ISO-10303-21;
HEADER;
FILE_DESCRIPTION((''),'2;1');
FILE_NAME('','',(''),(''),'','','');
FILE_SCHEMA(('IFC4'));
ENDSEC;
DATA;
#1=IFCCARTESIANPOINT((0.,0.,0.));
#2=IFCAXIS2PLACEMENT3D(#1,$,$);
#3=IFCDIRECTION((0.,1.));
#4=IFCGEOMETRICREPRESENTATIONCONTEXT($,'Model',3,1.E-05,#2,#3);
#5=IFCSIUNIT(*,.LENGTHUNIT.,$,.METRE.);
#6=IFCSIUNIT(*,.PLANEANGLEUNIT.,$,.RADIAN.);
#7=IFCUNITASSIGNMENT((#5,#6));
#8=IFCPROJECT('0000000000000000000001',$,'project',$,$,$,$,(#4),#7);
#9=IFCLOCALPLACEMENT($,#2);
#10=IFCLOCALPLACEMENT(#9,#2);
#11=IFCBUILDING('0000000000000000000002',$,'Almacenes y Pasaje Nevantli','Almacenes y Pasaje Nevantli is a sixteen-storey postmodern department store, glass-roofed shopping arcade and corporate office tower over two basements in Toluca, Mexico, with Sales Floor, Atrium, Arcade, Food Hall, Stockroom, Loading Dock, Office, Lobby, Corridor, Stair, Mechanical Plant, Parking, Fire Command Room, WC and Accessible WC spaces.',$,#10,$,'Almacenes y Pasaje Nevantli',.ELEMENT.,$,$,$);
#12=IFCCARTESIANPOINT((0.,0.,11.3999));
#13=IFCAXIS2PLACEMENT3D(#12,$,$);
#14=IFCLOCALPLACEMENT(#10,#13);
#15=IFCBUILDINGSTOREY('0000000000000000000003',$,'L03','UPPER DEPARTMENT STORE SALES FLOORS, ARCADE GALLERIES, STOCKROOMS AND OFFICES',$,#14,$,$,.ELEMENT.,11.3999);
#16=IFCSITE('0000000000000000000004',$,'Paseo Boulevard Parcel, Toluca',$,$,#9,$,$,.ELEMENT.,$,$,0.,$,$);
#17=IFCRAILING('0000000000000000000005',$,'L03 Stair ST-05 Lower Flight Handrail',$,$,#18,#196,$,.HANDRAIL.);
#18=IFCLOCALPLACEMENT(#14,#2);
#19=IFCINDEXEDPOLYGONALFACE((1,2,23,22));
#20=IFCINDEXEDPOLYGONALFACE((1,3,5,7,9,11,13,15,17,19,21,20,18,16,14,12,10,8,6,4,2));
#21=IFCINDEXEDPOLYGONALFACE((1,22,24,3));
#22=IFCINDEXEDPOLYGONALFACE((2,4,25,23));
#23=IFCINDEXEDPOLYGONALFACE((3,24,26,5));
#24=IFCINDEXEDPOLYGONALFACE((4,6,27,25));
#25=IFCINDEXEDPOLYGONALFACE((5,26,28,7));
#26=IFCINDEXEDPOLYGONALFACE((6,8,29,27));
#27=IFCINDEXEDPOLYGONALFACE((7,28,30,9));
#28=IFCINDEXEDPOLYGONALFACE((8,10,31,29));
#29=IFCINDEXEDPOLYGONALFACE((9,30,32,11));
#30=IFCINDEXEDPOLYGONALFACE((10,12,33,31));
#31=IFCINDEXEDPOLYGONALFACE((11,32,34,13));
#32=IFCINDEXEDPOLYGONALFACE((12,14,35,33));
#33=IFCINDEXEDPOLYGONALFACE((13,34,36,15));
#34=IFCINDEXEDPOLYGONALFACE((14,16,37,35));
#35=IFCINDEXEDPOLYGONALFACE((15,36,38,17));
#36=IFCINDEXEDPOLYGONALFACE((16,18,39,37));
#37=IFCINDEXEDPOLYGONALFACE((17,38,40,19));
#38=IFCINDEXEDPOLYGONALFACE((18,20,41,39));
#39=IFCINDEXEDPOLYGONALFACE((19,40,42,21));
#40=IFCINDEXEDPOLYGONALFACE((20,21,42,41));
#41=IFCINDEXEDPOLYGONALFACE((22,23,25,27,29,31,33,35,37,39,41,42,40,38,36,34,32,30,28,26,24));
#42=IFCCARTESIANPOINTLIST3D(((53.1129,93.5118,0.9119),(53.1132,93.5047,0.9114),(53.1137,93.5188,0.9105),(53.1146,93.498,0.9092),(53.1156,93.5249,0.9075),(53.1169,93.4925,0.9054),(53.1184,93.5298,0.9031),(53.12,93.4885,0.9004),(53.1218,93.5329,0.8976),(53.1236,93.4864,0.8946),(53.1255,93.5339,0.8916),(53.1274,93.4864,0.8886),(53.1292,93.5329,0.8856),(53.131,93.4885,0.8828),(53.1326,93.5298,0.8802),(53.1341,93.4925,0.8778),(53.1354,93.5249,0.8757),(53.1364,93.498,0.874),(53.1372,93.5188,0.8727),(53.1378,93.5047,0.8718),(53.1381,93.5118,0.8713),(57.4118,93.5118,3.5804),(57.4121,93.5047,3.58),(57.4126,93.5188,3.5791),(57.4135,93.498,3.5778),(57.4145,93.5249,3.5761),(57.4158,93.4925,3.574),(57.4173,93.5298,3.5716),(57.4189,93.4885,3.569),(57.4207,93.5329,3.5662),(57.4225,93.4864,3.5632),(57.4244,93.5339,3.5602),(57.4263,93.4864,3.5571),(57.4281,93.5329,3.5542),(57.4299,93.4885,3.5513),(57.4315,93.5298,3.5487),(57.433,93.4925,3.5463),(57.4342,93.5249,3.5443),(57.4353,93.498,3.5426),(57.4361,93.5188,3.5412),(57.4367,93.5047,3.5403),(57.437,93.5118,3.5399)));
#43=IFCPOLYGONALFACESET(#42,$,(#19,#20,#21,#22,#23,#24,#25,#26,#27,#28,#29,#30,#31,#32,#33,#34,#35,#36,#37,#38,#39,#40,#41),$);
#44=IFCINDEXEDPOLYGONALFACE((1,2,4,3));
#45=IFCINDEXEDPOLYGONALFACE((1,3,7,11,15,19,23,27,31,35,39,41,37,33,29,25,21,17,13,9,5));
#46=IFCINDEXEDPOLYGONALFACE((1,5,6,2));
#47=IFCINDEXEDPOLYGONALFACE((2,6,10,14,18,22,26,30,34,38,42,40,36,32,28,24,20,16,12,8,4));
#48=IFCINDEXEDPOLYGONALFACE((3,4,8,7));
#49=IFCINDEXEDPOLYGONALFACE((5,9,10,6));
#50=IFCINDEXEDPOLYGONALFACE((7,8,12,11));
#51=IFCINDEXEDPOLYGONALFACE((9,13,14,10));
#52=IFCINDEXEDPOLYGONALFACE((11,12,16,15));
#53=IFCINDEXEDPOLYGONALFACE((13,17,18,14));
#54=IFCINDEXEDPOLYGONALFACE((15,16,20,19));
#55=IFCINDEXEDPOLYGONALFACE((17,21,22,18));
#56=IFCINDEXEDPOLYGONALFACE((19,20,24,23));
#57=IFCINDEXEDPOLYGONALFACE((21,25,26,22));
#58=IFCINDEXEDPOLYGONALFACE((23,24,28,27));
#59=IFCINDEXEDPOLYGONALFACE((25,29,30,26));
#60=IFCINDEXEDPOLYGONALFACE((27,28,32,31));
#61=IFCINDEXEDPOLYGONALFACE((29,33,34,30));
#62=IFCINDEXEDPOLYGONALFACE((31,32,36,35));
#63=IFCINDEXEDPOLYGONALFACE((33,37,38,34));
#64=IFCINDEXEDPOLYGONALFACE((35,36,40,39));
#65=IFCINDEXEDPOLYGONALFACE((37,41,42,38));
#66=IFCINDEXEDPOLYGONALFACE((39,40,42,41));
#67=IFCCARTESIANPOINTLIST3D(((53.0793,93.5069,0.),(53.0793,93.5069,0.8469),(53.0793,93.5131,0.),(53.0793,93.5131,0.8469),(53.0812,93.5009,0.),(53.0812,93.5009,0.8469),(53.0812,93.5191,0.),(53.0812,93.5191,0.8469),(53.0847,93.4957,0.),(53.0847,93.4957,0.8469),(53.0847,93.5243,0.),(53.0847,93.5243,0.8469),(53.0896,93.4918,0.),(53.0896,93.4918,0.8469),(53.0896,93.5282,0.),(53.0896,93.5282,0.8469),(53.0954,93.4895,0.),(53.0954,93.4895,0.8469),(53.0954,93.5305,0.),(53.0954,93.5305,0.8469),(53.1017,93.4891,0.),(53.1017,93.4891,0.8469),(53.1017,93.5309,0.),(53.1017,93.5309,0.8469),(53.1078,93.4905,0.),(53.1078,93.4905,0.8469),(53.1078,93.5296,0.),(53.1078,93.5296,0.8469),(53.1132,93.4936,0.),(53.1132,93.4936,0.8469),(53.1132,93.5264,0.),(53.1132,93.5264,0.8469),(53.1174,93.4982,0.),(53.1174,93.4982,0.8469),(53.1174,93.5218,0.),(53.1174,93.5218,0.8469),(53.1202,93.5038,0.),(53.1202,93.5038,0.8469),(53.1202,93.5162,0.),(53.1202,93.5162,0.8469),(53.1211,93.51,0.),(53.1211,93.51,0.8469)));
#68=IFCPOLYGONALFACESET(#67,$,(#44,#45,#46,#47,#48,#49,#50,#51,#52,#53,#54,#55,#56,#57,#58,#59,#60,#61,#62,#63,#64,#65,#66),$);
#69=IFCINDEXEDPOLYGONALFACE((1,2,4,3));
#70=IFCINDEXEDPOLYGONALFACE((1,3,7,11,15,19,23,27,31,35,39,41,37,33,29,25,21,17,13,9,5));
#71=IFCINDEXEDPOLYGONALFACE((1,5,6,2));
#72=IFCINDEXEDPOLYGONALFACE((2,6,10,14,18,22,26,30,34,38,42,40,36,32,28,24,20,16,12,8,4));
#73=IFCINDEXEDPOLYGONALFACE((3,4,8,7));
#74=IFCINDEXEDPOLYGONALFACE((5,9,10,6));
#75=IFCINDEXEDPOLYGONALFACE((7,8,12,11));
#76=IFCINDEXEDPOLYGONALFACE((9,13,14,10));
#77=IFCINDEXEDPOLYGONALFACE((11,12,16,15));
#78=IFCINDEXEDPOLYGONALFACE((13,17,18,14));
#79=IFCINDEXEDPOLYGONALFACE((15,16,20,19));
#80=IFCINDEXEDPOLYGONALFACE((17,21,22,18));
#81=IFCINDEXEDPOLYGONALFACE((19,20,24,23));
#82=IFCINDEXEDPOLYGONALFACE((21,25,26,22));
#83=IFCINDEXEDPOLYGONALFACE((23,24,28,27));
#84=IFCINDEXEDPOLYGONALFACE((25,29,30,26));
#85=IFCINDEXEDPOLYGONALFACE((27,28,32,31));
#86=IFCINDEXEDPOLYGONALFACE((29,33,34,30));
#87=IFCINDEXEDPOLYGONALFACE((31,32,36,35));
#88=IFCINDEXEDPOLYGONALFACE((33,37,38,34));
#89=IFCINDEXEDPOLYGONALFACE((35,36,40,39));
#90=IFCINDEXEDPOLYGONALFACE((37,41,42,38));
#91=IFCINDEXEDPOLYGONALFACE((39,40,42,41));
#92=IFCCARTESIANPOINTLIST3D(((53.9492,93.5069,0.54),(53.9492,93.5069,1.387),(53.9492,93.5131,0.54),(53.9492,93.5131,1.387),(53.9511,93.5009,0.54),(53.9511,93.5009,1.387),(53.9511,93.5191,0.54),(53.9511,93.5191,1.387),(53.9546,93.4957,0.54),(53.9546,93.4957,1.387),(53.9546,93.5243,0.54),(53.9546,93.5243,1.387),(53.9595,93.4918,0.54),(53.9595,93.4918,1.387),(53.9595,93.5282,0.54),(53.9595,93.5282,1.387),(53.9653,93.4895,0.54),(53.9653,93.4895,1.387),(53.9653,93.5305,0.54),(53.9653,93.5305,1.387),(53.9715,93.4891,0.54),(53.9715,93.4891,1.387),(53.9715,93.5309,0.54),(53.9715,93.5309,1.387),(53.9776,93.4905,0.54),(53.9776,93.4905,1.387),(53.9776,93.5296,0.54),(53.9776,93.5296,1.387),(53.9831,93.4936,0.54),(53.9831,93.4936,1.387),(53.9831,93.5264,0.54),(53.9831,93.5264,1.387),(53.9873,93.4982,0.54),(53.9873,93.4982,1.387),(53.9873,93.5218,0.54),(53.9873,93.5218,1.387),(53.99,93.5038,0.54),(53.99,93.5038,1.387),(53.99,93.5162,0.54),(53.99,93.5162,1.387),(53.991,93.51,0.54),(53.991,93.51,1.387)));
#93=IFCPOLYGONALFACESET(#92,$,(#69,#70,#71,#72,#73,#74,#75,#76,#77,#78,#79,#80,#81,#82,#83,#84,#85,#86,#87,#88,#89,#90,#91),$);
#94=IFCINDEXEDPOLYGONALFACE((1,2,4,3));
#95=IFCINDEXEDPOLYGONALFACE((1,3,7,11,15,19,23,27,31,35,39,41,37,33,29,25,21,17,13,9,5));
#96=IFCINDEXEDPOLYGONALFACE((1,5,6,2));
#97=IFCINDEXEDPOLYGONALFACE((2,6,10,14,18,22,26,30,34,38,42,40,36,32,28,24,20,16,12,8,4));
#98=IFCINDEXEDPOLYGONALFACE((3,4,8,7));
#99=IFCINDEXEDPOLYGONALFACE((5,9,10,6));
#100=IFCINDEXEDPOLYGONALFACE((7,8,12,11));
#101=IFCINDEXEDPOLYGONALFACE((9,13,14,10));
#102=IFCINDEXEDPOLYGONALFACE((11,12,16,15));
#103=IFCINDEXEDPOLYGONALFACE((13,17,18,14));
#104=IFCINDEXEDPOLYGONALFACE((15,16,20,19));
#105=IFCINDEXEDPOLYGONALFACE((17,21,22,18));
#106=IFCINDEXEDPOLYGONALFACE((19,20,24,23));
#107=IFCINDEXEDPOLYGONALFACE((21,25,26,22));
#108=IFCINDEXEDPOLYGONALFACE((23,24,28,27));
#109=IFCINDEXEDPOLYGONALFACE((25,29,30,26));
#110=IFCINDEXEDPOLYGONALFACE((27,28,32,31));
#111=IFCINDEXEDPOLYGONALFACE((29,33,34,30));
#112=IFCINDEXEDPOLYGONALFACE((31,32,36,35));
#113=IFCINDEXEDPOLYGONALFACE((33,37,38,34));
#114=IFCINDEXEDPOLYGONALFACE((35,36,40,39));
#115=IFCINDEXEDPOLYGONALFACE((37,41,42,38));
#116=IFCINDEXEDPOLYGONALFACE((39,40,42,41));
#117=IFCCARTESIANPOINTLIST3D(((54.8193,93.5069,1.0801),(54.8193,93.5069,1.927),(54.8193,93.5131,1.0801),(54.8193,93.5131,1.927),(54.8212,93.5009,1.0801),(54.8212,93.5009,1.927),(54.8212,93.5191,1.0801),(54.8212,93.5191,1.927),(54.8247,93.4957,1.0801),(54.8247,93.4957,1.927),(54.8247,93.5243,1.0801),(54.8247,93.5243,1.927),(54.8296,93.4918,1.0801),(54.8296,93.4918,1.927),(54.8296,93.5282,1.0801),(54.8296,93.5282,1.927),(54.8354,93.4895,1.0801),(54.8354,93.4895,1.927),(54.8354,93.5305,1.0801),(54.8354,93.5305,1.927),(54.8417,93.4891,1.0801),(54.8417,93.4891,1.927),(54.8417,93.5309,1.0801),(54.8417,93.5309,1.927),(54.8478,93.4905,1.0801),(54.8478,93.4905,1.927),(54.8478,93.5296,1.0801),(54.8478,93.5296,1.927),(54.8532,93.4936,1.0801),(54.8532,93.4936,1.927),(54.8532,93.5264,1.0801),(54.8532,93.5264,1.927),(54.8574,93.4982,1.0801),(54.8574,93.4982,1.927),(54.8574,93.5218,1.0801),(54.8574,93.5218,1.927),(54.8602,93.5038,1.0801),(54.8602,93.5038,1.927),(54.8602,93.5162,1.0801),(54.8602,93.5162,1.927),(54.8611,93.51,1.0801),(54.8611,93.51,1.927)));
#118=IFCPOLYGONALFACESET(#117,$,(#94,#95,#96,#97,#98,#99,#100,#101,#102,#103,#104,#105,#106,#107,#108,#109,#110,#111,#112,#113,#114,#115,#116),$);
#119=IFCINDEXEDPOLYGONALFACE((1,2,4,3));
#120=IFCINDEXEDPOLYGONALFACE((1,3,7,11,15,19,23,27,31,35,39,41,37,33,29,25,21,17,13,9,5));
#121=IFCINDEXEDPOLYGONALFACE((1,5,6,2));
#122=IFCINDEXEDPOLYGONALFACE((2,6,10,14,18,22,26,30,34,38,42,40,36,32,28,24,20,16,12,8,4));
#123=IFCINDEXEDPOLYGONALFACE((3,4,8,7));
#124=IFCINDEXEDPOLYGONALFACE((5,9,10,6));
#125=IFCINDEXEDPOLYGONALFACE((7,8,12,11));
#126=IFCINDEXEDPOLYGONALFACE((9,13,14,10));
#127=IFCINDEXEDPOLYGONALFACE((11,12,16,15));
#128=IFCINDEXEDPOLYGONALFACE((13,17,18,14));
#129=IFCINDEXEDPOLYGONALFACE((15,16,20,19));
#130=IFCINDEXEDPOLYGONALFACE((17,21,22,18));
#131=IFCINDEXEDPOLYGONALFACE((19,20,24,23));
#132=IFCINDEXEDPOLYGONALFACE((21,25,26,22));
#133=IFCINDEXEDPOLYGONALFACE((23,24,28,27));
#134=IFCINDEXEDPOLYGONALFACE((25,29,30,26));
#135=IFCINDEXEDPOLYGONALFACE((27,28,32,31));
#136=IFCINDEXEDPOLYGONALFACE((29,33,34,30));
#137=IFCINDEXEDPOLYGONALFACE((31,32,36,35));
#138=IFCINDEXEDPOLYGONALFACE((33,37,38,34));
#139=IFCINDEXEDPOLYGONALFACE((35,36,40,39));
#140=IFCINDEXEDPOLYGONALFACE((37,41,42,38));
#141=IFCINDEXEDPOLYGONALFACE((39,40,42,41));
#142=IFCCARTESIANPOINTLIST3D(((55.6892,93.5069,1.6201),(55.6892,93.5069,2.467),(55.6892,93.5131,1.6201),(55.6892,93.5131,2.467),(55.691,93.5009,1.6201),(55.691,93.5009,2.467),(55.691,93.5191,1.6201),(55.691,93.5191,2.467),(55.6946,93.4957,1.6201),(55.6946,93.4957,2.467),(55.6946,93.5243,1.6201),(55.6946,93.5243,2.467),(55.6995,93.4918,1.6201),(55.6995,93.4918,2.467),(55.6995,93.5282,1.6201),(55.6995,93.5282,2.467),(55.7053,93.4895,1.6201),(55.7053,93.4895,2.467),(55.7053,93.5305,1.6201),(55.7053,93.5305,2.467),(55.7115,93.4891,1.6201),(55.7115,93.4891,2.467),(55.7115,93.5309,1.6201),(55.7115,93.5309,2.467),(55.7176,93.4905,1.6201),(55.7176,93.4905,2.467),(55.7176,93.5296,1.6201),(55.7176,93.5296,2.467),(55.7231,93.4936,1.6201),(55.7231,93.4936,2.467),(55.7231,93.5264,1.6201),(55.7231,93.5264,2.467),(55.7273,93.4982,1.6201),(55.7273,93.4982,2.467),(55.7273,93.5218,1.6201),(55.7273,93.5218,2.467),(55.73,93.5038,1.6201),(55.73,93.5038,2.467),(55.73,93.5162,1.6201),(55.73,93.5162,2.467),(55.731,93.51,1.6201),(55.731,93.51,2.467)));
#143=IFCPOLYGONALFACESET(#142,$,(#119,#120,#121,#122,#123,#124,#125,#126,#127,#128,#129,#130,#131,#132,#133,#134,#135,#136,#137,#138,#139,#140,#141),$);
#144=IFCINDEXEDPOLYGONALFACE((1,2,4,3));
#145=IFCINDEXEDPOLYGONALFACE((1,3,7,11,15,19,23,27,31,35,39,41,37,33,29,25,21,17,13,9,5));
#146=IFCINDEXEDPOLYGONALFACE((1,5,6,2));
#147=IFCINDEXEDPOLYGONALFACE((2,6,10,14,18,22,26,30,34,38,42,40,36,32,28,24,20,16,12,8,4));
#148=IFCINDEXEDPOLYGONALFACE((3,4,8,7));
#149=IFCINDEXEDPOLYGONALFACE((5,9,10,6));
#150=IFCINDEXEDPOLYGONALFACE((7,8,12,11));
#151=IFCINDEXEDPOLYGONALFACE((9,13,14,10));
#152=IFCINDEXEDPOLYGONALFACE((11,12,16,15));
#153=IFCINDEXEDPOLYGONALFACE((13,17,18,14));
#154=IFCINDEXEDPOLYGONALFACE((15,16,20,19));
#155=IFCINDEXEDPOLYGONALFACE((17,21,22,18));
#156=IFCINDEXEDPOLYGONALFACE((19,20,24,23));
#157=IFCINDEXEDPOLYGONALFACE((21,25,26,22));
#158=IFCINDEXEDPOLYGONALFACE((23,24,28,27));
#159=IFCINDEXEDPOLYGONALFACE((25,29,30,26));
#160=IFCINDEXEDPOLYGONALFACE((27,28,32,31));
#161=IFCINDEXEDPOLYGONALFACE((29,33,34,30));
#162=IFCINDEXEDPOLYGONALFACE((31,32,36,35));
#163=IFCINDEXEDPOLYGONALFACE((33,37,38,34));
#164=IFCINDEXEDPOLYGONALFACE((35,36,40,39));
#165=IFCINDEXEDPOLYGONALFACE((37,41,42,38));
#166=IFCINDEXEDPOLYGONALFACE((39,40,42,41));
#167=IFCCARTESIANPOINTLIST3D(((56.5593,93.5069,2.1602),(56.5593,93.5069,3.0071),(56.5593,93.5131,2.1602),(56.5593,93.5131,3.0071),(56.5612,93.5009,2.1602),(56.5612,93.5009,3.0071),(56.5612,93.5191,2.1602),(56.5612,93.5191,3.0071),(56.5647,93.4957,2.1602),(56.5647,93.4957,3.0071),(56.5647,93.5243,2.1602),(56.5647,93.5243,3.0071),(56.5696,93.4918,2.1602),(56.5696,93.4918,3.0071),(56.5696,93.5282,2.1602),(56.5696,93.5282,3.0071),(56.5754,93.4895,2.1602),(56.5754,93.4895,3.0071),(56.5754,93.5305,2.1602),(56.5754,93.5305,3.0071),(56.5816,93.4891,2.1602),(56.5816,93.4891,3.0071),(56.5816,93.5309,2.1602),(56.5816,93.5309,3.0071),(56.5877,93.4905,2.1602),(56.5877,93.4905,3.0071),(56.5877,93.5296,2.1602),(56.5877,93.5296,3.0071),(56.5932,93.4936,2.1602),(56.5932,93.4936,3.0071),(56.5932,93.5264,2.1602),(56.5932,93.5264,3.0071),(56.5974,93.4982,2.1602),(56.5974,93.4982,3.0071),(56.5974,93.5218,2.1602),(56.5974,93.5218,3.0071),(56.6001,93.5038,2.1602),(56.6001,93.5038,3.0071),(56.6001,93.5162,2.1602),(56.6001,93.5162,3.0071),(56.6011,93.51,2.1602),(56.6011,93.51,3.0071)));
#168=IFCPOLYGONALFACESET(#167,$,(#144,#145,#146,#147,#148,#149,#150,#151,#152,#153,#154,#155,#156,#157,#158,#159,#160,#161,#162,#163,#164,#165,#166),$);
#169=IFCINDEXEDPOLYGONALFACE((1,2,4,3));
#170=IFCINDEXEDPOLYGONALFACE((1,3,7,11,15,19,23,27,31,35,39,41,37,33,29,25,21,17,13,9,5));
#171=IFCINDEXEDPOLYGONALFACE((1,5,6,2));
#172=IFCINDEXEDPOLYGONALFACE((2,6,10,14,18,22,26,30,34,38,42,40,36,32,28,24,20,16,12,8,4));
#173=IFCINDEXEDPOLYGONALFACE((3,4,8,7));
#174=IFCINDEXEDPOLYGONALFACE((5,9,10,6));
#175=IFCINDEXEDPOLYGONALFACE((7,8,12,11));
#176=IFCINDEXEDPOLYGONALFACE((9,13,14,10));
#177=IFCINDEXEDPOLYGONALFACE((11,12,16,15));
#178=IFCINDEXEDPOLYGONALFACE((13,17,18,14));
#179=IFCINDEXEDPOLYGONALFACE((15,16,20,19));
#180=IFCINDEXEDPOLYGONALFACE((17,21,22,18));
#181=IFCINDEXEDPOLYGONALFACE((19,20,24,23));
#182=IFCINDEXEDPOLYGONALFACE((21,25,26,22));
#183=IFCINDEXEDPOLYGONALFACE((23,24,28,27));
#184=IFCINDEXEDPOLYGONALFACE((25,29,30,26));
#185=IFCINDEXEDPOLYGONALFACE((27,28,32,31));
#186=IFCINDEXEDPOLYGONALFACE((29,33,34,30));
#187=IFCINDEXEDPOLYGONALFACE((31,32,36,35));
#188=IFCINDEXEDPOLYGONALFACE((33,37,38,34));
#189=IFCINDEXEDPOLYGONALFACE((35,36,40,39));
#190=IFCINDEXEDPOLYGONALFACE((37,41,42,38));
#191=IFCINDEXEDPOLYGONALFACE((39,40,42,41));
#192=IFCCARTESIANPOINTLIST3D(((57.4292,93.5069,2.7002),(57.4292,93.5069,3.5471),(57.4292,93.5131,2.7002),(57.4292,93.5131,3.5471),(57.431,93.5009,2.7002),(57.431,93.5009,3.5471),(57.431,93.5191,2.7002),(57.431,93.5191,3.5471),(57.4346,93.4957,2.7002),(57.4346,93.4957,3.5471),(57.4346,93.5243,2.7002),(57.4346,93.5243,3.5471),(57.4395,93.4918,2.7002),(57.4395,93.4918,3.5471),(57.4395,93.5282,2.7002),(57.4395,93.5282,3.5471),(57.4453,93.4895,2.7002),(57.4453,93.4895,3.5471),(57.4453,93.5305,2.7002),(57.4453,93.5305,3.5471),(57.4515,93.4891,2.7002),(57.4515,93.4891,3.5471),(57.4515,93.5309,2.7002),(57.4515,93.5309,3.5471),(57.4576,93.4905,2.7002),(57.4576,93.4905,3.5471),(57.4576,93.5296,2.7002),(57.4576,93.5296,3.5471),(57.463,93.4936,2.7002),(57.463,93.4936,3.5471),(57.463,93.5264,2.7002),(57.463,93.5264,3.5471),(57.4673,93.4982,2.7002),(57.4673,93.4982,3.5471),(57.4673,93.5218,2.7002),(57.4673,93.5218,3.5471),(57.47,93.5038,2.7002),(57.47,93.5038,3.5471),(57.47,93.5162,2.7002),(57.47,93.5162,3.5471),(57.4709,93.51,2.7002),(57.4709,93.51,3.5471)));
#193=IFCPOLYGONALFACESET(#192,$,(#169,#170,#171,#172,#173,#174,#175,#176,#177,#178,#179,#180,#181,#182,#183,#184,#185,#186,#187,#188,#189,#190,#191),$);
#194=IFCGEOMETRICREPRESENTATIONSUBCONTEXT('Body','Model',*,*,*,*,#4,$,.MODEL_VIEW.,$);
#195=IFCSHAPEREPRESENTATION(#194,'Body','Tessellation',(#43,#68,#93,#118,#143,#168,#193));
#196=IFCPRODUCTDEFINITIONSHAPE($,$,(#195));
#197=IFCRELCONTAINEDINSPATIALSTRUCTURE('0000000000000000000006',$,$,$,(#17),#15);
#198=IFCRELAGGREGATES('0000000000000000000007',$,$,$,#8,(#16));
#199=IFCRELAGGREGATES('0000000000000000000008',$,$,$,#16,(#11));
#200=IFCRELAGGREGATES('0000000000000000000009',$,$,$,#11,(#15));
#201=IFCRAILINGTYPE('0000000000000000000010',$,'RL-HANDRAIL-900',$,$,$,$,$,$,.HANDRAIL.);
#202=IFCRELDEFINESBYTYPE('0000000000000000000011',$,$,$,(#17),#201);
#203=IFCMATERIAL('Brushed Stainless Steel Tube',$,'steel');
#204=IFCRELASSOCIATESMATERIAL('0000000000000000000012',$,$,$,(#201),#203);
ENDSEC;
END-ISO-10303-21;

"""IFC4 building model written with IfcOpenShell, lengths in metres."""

from ifc_helpers import new_model, si_unit, direction, frame, origin, origin_2d, place, context, subcontext, project, spatial, circle, extrude, material, type_object, element, save


model = new_model("IFC4")

# Units and contexts
model_context = context("Model", 3, precision=1e-05, world=origin(), true_north=direction((0.0, 1.0)))
body_context = subcontext(model_context, "Body", "Model", "MODEL_VIEW")
ifc_project = project(units=[si_unit("LENGTHUNIT", "METRE"), si_unit("PLANEANGLEUNIT", "RADIAN")], contexts=[model_context])

# Site, building, storey
site_placement = place(None, origin())
site = spatial("IfcSite", under=ifc_project, at=site_placement, Name="Paseo Boulevard Parcel, Toluca", CompositionType="ELEMENT", RefElevation=0.0)
building_placement = place(site_placement, origin())
building = spatial("IfcBuilding", under=site, at=building_placement, Name="Almacenes y Pasaje Nevantli", Description="Almacenes y Pasaje Nevantli is a sixteen-storey postmodern department store, glass-roofed shopping arcade and corporate office tower over two basements in Toluca, Mexico, with Sales Floor, Atrium, Arcade, Food Hall, Stockroom, Loading Dock, Office, Lobby, Corridor, Stair, Mechanical Plant, Parking, Fire Command Room, WC and Accessible WC spaces.", LongName="Almacenes y Pasaje Nevantli", CompositionType="ELEMENT")
storey_placement = place(building_placement, frame((0.0, 0.0, 11.3999)))
storey = spatial("IfcBuildingStorey", under=building, at=storey_placement, Name="L03", Description="UPPER DEPARTMENT STORE SALES FLOORS, ARCADE GALLERIES, STOCKROOMS AND OFFICES", CompositionType="ELEMENT", Elevation=11.3999)

# Railing
ifc_material_1 = material(Name="Brushed Stainless Steel Tube", Category="steel")
railing_type_1 = type_object("IfcRailingType", Name="RL-HANDRAIL-900", PredefinedType="HANDRAIL", material=ifc_material_1)
railing_1_placement = place(storey_placement, frame((53.1001, 93.51, 0.0)))
element("IfcRailing", 1, at=railing_1_placement, inside=storey, type_object=railing_type_1, Name="L03 Stair ST-05 Lower Flight Handrail", PredefinedType="HANDRAIL", context=body_context, shape_type="SweptSolid", body=[
    extrude(circle(Radius=0.0239, at=origin_2d()), frame((0.0254, 0.0, 0.8916), z_axis=(0.849615, 0.0, 0.527403), x_axis=(0.0, 1.0, 0.0)), (0.0, 0.0, 1.0), 5.0598),
    extrude(circle(Radius=0.021, at=origin_2d()), origin(), (0.0, 0.0, 1.0), 0.8469),
    extrude(circle(Radius=0.021, at=origin_2d()), frame((0.8699, 0.0, 0.54)), (0.0, 0.0, 1.0), 0.8469),
    extrude(circle(Radius=0.021, at=origin_2d()), frame((1.74, 0.0, 1.0801)), (0.0, 0.0, 1.0), 0.8469),
    extrude(circle(Radius=0.021, at=origin_2d()), frame((2.6099, 0.0, 1.6201)), (0.0, 0.0, 1.0), 0.8469),
    extrude(circle(Radius=0.021, at=origin_2d()), frame((3.48, 0.0, 2.1602)), (0.0, 0.0, 1.0), 0.8469),
    extrude(circle(Radius=0.021, at=origin_2d()), frame((4.3499, 0.0, 2.7002)), (0.0, 0.0, 1.0), 0.8469),
])

save(model, "model.ifc")
